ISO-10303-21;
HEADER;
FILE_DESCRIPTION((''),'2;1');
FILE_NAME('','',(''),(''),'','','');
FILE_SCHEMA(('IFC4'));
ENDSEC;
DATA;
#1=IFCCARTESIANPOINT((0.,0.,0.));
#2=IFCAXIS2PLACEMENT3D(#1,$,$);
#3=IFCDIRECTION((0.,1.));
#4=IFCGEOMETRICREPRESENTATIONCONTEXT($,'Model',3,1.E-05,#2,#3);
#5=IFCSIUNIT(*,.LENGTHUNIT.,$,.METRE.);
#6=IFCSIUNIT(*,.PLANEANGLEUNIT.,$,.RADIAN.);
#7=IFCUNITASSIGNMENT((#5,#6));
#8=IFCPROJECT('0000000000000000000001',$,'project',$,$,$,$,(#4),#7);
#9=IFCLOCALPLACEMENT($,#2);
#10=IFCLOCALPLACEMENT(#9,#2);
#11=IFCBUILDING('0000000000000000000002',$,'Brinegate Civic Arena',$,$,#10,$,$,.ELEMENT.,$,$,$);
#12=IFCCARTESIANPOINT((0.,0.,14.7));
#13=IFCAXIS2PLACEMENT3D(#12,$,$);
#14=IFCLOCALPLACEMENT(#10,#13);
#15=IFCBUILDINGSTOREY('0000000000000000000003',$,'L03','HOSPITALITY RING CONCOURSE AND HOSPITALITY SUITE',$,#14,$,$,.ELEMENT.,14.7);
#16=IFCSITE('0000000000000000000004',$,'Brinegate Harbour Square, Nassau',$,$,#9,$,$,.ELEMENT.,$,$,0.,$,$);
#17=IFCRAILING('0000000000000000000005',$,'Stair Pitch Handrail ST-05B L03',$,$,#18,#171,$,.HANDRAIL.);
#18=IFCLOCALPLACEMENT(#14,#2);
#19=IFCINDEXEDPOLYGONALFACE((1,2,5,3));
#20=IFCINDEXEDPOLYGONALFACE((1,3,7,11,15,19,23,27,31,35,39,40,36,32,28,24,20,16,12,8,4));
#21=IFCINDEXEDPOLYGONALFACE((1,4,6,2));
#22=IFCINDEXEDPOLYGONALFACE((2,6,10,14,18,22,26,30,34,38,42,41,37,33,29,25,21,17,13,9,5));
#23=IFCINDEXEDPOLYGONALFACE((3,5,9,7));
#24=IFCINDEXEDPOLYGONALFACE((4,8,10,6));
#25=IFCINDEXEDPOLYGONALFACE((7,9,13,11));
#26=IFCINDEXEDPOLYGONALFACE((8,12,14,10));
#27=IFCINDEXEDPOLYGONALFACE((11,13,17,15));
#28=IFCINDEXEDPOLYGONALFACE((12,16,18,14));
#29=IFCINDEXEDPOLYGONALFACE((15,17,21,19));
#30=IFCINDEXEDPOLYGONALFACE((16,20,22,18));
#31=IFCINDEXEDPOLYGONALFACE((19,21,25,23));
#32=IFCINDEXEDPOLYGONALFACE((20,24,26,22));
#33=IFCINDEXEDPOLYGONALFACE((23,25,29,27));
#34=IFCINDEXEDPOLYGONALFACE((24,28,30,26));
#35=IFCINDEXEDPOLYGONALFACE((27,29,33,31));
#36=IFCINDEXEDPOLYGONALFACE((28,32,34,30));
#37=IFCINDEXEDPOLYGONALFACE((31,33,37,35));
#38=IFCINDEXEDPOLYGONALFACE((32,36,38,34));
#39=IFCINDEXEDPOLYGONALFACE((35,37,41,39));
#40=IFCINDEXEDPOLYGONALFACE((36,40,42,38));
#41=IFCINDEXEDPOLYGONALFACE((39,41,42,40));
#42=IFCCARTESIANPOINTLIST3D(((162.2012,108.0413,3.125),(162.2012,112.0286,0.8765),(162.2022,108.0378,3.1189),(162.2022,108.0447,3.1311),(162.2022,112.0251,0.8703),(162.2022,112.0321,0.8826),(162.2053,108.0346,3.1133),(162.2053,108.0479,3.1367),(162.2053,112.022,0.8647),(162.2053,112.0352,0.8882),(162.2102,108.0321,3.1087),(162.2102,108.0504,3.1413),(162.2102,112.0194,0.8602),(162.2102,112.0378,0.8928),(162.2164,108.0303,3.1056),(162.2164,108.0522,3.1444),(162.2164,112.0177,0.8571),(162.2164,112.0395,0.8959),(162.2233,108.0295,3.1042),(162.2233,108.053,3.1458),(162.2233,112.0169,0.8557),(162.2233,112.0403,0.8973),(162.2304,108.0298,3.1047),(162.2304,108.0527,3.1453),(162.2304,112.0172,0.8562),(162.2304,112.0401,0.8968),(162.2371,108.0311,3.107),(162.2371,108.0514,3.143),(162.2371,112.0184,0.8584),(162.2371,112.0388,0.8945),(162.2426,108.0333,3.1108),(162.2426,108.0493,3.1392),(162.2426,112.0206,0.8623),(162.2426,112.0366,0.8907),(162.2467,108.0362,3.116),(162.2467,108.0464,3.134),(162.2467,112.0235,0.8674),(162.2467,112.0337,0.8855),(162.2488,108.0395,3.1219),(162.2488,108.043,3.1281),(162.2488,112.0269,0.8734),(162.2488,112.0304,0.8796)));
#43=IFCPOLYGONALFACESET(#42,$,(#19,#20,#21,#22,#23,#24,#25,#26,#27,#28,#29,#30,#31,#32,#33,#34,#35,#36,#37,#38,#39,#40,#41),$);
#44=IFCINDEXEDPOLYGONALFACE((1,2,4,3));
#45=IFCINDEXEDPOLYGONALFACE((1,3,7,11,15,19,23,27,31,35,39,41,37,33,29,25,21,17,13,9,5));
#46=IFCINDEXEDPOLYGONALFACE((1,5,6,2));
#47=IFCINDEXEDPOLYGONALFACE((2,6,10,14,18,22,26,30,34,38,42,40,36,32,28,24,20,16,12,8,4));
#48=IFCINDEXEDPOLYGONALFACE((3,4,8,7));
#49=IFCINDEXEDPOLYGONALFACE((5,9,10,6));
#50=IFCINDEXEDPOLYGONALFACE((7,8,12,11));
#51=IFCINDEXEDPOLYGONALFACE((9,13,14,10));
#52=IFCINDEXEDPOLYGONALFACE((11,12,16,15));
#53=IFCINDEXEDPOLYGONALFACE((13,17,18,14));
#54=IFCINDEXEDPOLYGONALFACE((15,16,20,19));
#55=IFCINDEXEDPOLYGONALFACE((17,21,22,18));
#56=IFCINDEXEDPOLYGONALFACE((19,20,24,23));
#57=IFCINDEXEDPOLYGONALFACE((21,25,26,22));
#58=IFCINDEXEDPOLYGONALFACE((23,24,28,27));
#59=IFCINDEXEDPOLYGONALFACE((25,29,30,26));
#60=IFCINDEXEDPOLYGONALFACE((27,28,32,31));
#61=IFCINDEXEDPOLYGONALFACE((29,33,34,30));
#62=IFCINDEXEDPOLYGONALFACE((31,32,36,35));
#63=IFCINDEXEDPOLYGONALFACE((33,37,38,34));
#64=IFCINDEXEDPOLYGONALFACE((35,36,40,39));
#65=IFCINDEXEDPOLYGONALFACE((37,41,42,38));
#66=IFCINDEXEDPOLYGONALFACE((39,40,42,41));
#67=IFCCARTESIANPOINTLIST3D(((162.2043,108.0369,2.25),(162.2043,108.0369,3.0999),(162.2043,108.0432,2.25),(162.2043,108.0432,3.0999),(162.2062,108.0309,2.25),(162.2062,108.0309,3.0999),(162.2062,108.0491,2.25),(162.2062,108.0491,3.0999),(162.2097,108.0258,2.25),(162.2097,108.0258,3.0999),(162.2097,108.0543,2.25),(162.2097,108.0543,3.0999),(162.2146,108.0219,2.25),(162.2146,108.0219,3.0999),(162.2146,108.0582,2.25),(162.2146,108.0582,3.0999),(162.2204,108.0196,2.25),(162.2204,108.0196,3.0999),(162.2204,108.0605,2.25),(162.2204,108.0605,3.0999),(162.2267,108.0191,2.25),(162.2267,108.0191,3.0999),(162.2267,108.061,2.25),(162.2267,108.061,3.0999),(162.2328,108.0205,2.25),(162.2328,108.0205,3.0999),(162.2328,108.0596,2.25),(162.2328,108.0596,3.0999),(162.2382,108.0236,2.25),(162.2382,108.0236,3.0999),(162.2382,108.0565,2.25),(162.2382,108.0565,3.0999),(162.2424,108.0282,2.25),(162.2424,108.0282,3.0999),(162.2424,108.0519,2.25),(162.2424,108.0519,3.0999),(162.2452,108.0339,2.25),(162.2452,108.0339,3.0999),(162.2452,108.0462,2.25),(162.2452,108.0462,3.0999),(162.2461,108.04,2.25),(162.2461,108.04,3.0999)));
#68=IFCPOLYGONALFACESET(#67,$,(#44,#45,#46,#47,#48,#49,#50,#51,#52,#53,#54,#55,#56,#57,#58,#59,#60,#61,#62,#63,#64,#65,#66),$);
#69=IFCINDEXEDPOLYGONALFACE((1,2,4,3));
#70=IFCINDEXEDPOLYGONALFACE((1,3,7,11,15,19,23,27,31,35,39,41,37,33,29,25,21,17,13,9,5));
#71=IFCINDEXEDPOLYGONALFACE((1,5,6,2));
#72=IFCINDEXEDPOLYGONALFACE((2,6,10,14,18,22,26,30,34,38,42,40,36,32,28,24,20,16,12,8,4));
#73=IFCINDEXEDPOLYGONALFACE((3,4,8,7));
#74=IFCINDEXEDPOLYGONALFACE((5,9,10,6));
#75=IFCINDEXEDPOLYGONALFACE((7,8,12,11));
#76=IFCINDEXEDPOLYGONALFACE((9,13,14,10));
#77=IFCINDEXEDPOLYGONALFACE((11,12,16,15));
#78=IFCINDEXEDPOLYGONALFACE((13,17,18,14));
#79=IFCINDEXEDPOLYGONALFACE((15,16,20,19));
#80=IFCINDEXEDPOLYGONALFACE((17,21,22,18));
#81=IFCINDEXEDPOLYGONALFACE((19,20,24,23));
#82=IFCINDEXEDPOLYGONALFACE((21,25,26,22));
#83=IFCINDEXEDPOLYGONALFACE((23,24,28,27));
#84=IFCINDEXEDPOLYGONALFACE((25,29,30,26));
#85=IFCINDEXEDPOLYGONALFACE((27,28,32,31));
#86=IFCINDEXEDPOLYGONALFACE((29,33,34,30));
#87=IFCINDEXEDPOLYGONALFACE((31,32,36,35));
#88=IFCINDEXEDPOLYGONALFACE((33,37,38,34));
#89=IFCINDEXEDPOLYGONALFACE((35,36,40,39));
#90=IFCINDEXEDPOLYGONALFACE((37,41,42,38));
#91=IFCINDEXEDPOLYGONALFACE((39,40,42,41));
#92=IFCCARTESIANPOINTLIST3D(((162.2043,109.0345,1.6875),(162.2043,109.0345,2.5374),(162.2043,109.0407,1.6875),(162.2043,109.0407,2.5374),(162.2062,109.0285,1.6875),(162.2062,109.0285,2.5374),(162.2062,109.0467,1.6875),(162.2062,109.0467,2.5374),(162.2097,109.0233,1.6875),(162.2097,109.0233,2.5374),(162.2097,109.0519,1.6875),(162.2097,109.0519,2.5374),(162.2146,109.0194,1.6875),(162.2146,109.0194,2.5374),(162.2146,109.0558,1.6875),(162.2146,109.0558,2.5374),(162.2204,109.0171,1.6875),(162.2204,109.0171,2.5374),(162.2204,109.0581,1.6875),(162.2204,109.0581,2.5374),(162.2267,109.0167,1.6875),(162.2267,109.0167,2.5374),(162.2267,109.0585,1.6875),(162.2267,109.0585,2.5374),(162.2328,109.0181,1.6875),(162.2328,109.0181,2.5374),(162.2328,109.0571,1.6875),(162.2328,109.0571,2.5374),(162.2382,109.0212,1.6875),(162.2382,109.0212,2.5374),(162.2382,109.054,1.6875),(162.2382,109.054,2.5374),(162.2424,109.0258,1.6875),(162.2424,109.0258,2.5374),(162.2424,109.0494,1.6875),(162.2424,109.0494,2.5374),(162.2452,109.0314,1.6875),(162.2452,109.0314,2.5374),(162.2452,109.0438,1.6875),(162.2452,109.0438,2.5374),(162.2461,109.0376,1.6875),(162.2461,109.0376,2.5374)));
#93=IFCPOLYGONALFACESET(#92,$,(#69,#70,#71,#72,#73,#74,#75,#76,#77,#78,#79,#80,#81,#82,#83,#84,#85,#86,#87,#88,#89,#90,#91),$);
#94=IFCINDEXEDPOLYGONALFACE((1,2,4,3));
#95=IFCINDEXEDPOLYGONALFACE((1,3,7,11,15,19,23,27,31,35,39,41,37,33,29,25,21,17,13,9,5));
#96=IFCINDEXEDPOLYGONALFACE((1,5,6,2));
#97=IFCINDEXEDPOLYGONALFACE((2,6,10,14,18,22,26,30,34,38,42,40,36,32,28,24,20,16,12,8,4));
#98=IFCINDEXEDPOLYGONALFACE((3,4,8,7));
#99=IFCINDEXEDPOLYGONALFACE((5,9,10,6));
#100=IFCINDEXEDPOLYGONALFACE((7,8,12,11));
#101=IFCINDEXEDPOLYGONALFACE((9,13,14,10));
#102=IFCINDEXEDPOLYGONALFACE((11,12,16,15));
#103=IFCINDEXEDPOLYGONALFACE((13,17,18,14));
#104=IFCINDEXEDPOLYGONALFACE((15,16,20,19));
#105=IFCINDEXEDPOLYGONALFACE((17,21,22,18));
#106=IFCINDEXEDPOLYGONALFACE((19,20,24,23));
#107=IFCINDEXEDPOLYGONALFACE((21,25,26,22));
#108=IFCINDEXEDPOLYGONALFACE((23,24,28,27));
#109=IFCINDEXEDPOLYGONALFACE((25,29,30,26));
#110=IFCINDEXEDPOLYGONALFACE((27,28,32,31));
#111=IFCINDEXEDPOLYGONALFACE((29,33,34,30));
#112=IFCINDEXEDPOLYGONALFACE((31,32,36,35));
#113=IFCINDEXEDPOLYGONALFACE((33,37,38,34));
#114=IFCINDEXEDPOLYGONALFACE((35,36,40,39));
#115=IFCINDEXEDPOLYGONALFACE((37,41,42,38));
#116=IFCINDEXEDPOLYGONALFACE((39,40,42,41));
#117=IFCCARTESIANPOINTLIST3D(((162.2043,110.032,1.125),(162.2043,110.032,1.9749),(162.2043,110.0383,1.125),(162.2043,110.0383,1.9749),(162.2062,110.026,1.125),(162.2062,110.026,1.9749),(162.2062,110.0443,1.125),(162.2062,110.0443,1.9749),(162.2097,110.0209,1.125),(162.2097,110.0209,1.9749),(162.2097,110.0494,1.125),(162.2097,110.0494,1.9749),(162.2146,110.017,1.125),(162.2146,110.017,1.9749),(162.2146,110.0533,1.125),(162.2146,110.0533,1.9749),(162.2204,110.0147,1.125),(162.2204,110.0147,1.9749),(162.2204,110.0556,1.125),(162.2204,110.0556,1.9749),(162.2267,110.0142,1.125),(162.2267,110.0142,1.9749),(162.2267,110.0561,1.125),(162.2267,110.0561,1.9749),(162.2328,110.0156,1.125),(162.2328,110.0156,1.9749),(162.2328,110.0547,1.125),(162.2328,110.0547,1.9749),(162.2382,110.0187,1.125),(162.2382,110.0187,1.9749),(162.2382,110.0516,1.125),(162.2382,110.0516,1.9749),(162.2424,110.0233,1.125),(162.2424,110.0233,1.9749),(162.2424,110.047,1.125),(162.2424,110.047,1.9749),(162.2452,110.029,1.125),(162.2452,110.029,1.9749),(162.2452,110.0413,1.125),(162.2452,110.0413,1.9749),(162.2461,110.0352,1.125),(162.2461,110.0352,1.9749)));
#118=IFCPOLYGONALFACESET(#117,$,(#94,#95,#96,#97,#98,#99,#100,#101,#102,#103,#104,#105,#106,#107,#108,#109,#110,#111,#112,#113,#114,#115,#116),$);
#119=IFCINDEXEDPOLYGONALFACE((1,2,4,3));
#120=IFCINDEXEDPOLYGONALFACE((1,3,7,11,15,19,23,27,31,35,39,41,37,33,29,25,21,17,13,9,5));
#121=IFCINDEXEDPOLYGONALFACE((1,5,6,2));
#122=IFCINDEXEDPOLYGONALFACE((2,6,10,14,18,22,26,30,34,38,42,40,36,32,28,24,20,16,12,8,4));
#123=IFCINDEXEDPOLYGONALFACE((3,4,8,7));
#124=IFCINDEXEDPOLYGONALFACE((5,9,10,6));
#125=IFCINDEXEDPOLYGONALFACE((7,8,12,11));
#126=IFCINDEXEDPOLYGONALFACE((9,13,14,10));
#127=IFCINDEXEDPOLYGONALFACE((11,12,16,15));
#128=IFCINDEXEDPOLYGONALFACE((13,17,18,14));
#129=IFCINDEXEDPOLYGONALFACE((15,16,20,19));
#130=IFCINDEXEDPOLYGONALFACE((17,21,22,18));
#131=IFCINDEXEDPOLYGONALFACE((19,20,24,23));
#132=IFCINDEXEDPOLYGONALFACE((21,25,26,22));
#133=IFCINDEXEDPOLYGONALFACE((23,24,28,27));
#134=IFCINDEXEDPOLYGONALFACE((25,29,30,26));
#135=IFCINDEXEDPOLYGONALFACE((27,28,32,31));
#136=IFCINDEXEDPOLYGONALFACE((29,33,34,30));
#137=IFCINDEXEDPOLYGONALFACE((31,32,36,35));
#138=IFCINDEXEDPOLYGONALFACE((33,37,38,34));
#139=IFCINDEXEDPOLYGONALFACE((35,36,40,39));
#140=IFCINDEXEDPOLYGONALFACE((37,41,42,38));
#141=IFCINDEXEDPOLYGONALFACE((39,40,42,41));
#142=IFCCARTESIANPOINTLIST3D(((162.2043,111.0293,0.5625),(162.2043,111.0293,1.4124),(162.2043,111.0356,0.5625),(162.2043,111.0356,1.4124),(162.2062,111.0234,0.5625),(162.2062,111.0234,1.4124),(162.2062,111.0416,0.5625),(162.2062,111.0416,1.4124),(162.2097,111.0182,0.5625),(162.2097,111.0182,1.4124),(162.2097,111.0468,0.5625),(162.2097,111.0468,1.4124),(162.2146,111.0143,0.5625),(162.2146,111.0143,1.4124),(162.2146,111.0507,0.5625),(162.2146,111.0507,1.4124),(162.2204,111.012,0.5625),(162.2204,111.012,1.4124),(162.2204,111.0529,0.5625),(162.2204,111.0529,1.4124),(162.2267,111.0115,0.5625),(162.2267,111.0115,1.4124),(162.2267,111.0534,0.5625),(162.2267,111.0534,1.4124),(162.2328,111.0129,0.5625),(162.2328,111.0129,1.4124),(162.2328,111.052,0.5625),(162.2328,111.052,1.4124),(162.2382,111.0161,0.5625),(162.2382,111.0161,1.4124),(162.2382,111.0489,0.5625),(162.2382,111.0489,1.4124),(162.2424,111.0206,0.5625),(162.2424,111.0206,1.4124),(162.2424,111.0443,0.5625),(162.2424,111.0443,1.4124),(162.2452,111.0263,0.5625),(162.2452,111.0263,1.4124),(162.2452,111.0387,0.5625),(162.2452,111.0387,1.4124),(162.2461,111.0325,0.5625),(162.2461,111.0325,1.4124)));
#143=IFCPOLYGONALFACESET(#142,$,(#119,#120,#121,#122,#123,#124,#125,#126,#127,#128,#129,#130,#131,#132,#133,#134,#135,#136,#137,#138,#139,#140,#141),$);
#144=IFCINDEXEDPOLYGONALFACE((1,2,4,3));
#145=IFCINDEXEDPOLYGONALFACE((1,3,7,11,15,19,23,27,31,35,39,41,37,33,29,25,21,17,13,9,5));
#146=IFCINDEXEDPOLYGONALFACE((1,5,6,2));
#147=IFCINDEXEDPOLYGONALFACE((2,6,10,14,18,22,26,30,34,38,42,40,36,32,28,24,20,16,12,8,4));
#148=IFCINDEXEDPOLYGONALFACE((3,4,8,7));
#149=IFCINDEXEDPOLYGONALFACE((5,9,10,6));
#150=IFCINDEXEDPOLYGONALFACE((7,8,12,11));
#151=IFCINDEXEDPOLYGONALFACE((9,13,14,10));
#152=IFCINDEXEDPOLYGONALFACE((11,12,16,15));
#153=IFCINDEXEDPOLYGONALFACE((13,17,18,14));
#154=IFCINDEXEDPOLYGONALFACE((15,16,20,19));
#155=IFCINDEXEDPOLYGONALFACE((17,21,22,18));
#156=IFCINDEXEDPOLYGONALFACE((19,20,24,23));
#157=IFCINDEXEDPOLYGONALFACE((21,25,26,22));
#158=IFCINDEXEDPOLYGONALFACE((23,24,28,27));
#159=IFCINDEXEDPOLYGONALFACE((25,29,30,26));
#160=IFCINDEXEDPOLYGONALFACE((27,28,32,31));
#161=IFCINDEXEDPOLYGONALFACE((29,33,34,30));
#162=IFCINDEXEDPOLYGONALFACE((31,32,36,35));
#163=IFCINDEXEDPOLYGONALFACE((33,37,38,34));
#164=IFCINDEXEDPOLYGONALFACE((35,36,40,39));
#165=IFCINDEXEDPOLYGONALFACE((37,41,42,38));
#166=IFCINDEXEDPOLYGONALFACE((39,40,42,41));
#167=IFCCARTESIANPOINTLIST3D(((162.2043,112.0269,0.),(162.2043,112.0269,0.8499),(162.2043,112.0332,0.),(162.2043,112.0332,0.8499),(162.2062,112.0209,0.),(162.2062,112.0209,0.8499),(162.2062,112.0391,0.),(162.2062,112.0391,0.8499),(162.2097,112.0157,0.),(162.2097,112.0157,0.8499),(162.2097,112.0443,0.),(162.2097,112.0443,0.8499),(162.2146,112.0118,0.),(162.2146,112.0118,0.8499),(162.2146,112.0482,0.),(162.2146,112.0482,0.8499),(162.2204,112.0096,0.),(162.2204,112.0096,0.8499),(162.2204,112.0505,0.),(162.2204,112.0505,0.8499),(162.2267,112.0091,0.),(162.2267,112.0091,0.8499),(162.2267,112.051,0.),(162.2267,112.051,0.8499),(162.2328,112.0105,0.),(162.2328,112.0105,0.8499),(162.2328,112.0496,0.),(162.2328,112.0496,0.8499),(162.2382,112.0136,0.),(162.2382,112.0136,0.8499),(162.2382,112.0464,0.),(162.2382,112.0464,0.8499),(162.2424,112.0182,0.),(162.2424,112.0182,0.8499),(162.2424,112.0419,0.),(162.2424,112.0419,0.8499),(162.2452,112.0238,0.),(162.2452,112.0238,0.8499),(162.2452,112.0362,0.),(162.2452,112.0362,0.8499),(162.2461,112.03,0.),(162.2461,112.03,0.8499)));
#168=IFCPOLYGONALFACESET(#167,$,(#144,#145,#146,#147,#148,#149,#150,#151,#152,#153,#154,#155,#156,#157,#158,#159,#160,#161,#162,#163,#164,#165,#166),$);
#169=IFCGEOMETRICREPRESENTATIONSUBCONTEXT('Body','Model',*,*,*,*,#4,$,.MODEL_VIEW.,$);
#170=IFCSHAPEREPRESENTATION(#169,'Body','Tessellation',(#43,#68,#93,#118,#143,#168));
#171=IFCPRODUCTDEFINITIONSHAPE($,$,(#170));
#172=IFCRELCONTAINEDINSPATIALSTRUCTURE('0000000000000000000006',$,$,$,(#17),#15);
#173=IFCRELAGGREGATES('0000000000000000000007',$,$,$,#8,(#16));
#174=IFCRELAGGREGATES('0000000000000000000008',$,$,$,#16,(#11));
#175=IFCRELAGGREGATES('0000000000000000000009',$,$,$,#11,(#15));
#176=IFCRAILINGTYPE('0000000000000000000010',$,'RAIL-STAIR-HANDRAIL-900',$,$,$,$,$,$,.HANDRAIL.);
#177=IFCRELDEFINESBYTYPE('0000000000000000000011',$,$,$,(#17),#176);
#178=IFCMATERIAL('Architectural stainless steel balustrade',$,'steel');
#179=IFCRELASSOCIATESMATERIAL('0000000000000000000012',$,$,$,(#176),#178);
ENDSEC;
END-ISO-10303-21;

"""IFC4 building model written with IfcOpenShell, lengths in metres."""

from ifc_helpers import new_model, si_unit, direction, frame, origin, origin_2d, place, context, subcontext, project, spatial, circle, extrude, material, type_object, element, save


model = new_model("IFC4")

# Units and contexts
model_context = context("Model", 3, precision=1e-05, world=origin(), true_north=direction((0.0, 1.0)))
body_context = subcontext(model_context, "Body", "Model", "MODEL_VIEW")
ifc_project = project(units=[si_unit("LENGTHUNIT", "METRE"), si_unit("PLANEANGLEUNIT", "RADIAN")], contexts=[model_context])

# Site, building, storey
site_placement = place(None, origin())
site = spatial("IfcSite", under=ifc_project, at=site_placement, Name="Brinegate Harbour Square, Nassau", CompositionType="ELEMENT", RefElevation=0.0)
building_placement = place(site_placement, origin())
building = spatial("IfcBuilding", under=site, at=building_placement, Name="Brinegate Civic Arena", CompositionType="ELEMENT")
storey_placement = place(building_placement, frame((0.0, 0.0, 14.7)))
storey = spatial("IfcBuildingStorey", under=building, at=storey_placement, Name="L03", Description="HOSPITALITY RING CONCOURSE AND HOSPITALITY SUITE", CompositionType="ELEMENT", Elevation=14.7)

# Railing
ifc_material_1 = material(Name="Architectural stainless steel balustrade", Category="steel")
railing_type_1 = type_object("IfcRailingType", Name="RAIL-STAIR-HANDRAIL-900", PredefinedType="HANDRAIL", material=ifc_material_1)
for number, where, name in (
    (1, (162.2251, 108.04, 2.25), "Stair Pitch Handrail ST-05B L03"),
):
    element("IfcRailing", number, at=place(storey_placement, frame(where)), inside=storey, type_object=railing_type_1, Name=name, PredefinedType="HANDRAIL", context=body_context, shape_type="SweptSolid", body=[
        extrude(circle(Radius=0.0239, at=origin_2d()), frame((0.0, 0.0012, 0.875), z_axis=(0.0, 0.87105, -0.491195), x_axis=(-1.0, 0.0, 0.0)), (0.0, 0.0, 1.0), 4.5776),
        extrude(circle(Radius=0.021, at=origin_2d()), origin(), (0.0, 0.0, 1.0), 0.8499),
        extrude(circle(Radius=0.021, at=origin_2d()), frame((0.0, 0.9976, -0.5625)), (0.0, 0.0, 1.0), 0.8499),
        extrude(circle(Radius=0.021, at=origin_2d()), frame((0.0, 1.9951, -1.125)), (0.0, 0.0, 1.0), 0.8499),
        extrude(circle(Radius=0.021, at=origin_2d()), frame((0.0, 2.9924, -1.6875)), (0.0, 0.0, 1.0), 0.8499),
        extrude(circle(Radius=0.021, at=origin_2d()), frame((0.0, 3.99, -2.25)), (0.0, 0.0, 1.0), 0.8499),
    ])

save(model, "model.ifc")
